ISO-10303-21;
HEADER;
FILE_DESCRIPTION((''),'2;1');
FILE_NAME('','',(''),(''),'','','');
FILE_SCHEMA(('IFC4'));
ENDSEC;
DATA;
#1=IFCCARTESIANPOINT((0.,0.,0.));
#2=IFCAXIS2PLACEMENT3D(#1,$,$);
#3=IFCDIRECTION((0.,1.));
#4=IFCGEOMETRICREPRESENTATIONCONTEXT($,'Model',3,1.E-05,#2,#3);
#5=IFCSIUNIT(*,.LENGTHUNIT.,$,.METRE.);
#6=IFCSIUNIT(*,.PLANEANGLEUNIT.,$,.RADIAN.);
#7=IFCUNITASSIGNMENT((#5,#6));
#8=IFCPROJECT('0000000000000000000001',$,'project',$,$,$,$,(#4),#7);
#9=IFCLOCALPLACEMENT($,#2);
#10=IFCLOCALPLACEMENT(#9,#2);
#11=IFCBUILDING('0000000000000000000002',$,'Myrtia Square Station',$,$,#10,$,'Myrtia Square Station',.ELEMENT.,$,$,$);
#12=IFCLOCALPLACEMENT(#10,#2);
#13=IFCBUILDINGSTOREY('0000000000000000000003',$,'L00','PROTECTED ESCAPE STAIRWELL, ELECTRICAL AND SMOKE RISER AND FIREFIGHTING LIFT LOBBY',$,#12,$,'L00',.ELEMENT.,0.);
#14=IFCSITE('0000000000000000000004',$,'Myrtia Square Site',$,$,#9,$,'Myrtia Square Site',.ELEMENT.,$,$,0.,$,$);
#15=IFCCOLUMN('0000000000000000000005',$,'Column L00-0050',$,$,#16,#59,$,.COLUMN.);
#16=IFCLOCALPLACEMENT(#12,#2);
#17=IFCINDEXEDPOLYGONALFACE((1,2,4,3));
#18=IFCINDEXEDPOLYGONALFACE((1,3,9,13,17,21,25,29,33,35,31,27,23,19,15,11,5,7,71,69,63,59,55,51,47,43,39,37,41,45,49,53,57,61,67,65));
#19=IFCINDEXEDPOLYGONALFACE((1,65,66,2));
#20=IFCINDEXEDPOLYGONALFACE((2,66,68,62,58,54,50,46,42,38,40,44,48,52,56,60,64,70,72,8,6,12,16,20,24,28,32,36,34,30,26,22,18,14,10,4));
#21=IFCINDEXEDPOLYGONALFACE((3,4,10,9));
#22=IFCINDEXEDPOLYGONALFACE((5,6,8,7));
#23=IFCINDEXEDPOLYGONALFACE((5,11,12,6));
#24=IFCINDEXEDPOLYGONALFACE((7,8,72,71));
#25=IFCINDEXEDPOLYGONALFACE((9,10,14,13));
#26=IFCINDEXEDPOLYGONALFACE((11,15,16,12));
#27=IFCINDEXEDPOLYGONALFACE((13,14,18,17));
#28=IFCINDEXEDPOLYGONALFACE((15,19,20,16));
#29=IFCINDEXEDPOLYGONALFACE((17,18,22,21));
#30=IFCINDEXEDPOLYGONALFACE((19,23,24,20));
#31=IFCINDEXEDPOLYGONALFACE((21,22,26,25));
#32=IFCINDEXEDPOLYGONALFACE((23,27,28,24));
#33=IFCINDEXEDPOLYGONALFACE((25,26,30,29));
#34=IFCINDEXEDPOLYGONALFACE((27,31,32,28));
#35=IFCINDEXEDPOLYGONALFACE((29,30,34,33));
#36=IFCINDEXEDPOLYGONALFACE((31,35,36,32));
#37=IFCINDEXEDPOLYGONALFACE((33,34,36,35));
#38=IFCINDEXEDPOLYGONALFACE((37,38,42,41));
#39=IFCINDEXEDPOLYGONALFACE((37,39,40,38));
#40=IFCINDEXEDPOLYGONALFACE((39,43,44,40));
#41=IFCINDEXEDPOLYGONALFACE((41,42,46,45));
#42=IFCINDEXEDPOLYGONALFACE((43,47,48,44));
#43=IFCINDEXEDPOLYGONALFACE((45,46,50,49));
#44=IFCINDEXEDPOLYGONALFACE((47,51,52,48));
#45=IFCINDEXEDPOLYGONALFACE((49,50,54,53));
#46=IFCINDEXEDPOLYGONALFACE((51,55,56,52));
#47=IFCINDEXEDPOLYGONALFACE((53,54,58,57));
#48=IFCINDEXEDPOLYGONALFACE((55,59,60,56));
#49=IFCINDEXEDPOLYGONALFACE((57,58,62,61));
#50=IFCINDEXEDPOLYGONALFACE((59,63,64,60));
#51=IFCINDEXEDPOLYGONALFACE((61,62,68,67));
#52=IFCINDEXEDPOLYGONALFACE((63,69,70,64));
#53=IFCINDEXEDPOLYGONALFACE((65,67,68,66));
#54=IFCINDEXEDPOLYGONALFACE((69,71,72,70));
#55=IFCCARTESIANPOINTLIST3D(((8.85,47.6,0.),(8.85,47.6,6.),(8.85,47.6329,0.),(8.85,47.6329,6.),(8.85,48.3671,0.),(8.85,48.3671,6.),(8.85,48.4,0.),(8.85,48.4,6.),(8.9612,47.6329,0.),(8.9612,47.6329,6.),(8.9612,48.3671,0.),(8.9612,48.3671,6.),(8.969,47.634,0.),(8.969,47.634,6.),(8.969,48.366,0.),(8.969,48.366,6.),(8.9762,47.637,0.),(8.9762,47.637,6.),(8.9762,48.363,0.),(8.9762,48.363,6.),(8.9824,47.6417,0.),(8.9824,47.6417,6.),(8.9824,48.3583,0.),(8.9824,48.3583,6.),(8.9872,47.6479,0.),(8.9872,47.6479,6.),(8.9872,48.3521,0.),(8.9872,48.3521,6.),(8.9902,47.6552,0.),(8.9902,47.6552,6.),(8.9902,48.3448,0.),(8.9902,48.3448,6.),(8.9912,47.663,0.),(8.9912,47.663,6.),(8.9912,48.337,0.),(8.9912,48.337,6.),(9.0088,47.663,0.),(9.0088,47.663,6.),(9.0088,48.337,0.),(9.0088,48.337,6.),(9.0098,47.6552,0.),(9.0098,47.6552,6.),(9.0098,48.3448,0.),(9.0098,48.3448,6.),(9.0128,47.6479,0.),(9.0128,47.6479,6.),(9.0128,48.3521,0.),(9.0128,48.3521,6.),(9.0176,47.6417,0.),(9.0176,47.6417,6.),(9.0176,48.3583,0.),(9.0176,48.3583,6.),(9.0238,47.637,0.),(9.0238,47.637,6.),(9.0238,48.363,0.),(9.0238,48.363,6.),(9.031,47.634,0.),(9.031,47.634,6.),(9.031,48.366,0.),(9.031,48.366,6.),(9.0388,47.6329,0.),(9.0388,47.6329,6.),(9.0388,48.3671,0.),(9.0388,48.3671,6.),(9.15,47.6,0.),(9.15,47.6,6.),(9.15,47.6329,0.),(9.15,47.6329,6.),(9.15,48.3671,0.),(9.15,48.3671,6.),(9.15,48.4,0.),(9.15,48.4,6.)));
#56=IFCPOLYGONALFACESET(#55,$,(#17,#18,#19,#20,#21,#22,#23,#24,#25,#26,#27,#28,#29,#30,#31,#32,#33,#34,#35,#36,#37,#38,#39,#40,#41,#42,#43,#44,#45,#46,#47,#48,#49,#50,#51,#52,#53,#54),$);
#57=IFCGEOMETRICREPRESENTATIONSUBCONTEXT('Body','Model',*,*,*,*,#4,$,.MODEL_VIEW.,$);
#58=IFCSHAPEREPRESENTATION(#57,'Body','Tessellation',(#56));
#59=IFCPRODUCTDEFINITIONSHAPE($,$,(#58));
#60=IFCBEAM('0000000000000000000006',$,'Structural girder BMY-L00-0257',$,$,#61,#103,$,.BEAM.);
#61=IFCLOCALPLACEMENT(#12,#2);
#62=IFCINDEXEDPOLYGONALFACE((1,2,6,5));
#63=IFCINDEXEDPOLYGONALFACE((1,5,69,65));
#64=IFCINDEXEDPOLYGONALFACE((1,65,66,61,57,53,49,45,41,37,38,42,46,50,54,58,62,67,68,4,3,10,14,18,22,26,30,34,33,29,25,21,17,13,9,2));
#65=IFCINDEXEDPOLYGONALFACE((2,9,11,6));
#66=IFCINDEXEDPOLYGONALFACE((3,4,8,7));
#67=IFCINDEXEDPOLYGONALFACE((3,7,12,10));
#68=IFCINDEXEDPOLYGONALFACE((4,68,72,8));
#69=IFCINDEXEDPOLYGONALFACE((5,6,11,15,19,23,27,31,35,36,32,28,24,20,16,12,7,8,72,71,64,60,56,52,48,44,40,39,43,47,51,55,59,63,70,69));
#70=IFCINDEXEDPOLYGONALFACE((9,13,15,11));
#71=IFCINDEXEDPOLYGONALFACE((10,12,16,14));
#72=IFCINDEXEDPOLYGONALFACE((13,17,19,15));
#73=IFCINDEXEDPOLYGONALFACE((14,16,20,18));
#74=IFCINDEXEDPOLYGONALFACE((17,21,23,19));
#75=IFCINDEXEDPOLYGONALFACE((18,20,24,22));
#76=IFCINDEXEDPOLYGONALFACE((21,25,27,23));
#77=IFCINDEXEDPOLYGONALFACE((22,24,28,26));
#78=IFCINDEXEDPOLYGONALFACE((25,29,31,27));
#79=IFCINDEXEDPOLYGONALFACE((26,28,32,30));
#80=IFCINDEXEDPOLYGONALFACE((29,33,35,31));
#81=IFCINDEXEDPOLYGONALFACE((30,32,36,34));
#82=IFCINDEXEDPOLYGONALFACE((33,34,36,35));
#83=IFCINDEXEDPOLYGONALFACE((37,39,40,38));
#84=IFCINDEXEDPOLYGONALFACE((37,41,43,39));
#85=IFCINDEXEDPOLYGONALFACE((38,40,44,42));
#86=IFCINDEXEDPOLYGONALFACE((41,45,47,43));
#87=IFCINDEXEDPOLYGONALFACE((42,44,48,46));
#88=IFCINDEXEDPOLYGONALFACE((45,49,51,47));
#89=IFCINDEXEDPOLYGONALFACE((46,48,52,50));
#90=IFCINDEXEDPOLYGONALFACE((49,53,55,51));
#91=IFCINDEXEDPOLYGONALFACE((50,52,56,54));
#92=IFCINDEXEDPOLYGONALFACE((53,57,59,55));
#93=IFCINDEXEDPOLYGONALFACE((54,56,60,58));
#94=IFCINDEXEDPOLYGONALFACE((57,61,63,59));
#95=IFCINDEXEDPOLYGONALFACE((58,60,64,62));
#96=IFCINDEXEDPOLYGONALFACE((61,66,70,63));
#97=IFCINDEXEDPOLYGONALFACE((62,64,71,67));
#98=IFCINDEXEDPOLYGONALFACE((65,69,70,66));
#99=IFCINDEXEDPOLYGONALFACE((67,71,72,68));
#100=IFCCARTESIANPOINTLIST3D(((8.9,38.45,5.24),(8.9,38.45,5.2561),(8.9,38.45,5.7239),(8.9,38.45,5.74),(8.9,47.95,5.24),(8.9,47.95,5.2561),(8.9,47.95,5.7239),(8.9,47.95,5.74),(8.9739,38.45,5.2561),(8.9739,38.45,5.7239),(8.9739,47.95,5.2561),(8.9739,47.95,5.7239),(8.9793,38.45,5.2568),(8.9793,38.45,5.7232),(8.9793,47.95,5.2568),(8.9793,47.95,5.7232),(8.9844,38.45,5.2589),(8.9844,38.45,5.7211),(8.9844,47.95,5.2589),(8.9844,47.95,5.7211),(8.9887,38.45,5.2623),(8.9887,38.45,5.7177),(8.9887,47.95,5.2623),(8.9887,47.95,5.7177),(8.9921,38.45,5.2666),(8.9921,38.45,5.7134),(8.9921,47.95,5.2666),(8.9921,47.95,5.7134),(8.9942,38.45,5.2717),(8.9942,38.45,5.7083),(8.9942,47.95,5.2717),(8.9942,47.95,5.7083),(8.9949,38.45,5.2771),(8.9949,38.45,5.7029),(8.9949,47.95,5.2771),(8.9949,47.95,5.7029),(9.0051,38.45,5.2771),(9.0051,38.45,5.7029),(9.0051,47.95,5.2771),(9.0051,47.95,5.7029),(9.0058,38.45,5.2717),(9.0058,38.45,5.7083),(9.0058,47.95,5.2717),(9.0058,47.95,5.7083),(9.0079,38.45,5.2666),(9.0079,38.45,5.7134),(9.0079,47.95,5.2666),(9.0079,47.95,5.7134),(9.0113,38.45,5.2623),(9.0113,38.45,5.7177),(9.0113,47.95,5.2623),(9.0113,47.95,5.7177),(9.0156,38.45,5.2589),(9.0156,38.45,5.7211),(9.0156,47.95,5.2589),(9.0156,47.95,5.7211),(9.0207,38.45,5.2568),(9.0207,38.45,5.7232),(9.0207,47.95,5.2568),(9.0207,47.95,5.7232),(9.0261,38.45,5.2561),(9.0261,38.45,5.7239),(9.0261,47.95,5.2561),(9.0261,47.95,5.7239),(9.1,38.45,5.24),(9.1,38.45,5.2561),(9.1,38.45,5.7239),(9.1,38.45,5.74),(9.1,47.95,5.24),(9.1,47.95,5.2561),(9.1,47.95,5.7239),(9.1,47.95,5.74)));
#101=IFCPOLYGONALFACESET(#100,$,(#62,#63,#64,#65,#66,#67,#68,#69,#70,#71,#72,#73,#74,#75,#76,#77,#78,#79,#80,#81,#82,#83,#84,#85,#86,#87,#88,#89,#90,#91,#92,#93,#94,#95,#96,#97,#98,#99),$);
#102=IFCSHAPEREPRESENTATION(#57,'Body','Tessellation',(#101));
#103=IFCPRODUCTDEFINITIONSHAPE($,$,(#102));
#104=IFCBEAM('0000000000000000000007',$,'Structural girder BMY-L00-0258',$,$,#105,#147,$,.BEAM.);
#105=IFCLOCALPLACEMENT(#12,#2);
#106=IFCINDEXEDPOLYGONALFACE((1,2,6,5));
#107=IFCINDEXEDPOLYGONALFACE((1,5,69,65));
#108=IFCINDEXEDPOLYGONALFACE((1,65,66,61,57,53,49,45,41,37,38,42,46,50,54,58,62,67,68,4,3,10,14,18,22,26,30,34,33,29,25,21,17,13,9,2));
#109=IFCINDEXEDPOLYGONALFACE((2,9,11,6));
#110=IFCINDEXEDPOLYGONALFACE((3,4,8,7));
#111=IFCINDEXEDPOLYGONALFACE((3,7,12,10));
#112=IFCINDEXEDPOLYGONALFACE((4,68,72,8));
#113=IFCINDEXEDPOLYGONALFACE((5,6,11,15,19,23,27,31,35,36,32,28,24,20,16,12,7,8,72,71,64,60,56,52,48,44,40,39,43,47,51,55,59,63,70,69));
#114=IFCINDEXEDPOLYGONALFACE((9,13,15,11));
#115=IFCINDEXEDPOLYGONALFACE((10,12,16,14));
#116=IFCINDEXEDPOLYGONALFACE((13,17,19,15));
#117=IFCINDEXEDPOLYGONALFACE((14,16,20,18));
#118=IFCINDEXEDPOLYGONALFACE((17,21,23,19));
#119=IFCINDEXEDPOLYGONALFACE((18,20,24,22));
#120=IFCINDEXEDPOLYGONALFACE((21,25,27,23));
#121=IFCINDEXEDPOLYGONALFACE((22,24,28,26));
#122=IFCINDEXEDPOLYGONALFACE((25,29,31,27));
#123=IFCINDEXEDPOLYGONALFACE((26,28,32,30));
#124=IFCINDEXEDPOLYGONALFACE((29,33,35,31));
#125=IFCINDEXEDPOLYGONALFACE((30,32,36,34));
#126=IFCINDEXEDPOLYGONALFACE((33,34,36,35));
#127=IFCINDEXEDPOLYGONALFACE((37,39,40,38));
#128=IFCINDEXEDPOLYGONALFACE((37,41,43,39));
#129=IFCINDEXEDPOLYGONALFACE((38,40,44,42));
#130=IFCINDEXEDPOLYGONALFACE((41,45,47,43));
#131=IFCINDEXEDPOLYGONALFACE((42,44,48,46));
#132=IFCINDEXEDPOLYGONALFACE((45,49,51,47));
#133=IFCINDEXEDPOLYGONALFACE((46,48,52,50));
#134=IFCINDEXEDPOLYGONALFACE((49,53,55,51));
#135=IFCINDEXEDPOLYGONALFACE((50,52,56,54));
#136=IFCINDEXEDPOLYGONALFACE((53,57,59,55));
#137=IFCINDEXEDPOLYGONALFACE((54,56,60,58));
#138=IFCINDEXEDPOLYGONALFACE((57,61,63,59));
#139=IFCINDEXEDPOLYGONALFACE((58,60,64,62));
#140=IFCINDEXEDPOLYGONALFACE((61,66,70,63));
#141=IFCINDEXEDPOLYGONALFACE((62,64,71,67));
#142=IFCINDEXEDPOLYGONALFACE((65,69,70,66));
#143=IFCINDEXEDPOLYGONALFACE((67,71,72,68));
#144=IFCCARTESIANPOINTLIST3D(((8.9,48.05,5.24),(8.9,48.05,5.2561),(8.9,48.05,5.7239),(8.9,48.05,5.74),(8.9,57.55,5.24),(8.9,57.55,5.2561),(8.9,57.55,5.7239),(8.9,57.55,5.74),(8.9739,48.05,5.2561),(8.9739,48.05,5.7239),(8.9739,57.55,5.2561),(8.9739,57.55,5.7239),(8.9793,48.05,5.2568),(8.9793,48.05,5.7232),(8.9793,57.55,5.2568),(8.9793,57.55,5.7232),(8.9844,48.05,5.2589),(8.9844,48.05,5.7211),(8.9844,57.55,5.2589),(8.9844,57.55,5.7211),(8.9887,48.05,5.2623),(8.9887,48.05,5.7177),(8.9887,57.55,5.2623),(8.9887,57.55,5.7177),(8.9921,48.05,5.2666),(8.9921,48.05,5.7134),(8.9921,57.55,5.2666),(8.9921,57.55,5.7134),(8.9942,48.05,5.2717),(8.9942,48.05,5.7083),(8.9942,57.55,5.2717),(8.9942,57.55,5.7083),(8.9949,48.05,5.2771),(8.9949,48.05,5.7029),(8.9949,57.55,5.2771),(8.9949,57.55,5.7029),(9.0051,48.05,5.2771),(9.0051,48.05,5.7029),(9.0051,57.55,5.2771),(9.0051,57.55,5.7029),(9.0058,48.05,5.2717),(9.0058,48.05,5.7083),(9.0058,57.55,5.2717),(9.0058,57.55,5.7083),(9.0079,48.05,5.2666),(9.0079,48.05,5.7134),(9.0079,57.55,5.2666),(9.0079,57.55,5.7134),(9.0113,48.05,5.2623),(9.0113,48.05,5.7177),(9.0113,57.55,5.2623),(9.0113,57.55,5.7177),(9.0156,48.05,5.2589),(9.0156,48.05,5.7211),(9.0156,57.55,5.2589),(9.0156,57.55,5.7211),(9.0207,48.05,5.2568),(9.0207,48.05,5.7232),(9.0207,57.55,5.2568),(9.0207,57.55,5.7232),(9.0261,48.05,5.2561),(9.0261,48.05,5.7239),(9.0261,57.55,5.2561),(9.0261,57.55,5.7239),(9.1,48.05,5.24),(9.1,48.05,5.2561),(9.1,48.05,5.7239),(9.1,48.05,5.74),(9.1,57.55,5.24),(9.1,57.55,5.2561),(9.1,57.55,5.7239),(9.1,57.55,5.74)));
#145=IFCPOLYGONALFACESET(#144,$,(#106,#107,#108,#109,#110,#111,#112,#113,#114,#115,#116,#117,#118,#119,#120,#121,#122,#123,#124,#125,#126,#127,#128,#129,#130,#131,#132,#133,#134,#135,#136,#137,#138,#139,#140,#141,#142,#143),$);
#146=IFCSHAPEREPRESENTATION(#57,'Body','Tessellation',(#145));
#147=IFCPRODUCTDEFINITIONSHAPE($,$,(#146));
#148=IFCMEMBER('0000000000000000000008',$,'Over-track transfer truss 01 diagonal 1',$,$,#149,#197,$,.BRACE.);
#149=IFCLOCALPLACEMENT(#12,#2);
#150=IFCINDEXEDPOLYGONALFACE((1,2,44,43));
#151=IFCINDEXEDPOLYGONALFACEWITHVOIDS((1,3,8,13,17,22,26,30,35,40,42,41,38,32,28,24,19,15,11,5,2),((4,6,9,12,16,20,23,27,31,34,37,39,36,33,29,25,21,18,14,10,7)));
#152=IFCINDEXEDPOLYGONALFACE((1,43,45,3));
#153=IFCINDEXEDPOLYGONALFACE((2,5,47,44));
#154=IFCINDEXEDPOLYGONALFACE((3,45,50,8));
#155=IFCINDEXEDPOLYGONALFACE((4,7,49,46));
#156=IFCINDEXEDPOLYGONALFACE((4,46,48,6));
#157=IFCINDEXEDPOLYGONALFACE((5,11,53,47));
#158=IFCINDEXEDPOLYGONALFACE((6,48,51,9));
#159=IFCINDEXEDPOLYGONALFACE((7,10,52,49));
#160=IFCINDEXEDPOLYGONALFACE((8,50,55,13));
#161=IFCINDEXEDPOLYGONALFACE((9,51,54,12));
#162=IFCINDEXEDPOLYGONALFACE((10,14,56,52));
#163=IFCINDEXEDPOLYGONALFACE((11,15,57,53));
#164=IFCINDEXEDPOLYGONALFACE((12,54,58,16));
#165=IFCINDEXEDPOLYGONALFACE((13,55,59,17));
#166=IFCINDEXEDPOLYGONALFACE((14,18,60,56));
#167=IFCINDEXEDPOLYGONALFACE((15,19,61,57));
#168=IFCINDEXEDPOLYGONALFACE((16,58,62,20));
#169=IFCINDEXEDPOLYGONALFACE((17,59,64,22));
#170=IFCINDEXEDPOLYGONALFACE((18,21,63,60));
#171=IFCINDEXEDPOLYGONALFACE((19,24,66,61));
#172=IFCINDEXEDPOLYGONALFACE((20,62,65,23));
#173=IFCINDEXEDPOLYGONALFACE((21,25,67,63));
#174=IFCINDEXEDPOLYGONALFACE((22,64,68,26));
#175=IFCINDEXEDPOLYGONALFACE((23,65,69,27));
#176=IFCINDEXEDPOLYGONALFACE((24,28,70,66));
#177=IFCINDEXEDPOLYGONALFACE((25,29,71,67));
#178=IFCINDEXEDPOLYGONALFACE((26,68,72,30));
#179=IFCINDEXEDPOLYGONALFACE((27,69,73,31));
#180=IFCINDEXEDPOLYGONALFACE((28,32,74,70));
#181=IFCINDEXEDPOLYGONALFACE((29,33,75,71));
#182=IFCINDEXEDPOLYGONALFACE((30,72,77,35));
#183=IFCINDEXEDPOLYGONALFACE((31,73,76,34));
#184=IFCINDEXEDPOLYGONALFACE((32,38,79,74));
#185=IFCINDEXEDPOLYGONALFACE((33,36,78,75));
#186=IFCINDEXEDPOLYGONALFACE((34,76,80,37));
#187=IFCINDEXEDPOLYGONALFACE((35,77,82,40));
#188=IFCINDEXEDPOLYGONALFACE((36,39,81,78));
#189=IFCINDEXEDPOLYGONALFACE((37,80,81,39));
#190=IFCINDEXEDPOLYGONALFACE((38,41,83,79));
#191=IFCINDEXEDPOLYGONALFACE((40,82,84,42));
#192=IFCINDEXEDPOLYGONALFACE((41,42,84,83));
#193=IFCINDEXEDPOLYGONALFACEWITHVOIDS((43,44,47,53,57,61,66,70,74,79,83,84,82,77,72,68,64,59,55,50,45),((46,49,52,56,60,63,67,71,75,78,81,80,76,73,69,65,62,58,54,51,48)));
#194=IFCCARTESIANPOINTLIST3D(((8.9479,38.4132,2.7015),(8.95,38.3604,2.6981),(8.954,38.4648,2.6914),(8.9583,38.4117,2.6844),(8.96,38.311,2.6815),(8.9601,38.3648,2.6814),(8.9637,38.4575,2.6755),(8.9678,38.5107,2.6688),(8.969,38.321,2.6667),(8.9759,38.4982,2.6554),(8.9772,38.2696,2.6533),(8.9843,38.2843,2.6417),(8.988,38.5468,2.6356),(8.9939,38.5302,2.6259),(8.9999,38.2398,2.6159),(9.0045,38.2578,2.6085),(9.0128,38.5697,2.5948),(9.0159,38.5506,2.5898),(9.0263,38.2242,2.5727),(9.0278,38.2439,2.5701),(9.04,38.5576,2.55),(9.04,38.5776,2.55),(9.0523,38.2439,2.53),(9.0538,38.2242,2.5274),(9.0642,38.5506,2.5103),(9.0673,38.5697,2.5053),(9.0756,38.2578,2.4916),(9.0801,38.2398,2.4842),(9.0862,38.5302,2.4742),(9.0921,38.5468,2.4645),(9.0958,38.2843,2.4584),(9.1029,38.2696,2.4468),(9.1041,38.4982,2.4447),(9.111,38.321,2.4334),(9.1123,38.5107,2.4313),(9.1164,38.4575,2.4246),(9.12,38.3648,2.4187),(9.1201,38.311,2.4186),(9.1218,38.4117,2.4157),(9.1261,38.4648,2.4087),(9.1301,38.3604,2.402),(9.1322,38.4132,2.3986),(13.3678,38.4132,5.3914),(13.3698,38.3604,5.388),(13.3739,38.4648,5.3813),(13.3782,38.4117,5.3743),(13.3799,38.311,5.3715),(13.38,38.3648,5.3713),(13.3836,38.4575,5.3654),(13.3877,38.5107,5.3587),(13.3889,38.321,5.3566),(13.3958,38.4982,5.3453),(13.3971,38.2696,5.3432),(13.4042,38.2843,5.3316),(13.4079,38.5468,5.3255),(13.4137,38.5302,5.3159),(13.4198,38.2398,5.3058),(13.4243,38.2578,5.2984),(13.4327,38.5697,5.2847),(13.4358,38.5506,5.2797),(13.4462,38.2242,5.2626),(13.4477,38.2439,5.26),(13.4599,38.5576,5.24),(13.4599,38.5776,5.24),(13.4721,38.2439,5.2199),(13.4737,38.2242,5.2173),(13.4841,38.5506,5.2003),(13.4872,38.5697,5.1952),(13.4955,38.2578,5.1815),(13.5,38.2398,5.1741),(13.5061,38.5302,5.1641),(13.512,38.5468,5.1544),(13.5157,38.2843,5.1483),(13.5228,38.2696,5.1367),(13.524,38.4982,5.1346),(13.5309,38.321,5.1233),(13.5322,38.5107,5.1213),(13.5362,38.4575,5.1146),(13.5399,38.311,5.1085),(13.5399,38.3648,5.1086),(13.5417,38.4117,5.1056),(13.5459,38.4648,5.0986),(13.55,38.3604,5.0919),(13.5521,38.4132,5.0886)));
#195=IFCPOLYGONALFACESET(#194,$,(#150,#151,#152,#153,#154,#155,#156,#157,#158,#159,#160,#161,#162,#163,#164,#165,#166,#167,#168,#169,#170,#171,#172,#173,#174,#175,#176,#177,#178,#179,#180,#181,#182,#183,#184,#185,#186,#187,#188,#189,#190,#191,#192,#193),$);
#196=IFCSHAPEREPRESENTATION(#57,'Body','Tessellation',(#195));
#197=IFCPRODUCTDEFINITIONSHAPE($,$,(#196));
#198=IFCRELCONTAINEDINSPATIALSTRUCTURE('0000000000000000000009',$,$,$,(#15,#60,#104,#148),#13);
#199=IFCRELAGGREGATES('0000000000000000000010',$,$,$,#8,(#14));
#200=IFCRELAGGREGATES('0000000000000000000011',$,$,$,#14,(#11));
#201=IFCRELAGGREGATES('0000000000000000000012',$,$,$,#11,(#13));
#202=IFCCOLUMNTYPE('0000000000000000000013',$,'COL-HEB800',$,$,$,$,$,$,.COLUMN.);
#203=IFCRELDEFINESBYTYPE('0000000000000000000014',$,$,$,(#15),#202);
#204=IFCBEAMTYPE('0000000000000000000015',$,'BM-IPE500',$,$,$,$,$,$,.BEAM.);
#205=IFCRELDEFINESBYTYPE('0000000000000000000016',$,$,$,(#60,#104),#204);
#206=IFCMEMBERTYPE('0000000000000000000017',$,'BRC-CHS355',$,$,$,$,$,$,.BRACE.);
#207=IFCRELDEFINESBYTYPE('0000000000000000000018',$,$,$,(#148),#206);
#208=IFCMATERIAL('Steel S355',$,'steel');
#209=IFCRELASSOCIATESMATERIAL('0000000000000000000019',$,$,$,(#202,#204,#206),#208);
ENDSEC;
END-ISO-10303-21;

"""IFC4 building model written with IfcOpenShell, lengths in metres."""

from ifc_helpers import new_model, si_unit, direction, frame, origin, origin_2d, place, context, subcontext, project, spatial, hollow_circle, i_section, extrude, material, material_profile, profile_set, type_object, element, save


model = new_model("IFC4")

# Units and contexts
model_context = context("Model", 3, precision=1e-05, world=origin(), true_north=direction((0.0, 1.0)))
body_context = subcontext(model_context, "Body", "Model", "MODEL_VIEW")
ifc_project = project(units=[si_unit("LENGTHUNIT", "METRE"), si_unit("PLANEANGLEUNIT", "RADIAN")], contexts=[model_context])

# Site, building, storey
site_placement = place(None, origin())
site = spatial("IfcSite", under=ifc_project, at=site_placement, Name="Myrtia Square Site", LongName="Myrtia Square Site", CompositionType="ELEMENT", RefElevation=0.0)
building_placement = place(site_placement, origin())
building = spatial("IfcBuilding", under=site, at=building_placement, Name="Myrtia Square Station", LongName="Myrtia Square Station", CompositionType="ELEMENT")
storey_placement = place(building_placement, origin())
storey = spatial("IfcBuildingStorey", under=building, at=storey_placement, Name="L00", Description="PROTECTED ESCAPE STAIRWELL, ELECTRICAL AND SMOKE RISER AND FIREFIGHTING LIFT LOBBY", LongName="L00", CompositionType="ELEMENT", Elevation=0.0)

# Column
ifc_material_1 = material(Name="Steel S355", Category="steel")
ifc_material_profile_1 = material_profile(ifc_material_1, i_section(OverallWidth=0.3, OverallDepth=0.8, WebThickness=0.0176, FlangeThickness=0.033, FilletRadius=0.03, at=origin_2d()), Name="HEB 800")
ifc_profile_set_1 = profile_set([ifc_material_profile_1], Name="Steel S355")
column_type_1 = type_object("IfcColumnType", Name="COL-HEB800", PredefinedType="COLUMN", material=ifc_profile_set_1)
for number, where, z_axis, x_axis, name in (
    (1, (9.0, 48.0, 0.0), (0.0, 0.0, 1.0), (1.0, 0.0, 0.0), "Column L00-0050"),
):
    element("IfcColumn", number, at=place(storey_placement, frame(where, z_axis=z_axis, x_axis=x_axis)), inside=storey, type_object=column_type_1, Name=name, PredefinedType="COLUMN", context=body_context, shape_type="SweptSolid", body=[
        extrude(i_section(OverallWidth=0.3, OverallDepth=0.8, WebThickness=0.0176, FlangeThickness=0.033, FilletRadius=0.03, at=origin_2d()), origin(), (0.0, 0.0, 1.0), 6.0),
    ])

# Beams
ifc_material_profile_2 = material_profile(ifc_material_1, i_section(OverallWidth=0.2, OverallDepth=0.5, WebThickness=0.0103, FlangeThickness=0.0161, FilletRadius=0.021, at=origin_2d()), Name="IPE 500")
ifc_profile_set_2 = profile_set([ifc_material_profile_2], Name="Steel S355")
beam_type_1 = type_object("IfcBeamType", Name="BM-IPE500", PredefinedType="BEAM", material=ifc_profile_set_2)
for number, where, z_axis, x_axis, name in (
    (2, (9.0, 38.45, 5.49), (0.0, 1.0, 0.0), (-1.0, 0.0, 0.0), "Structural girder BMY-L00-0257"),
    (3, (9.0, 48.05, 5.49), (0.0, 1.0, 0.0), (-1.0, 0.0, 0.0), "Structural girder BMY-L00-0258"),
):
    element("IfcBeam", number, at=place(storey_placement, frame(where, z_axis=z_axis, x_axis=x_axis)), inside=storey, type_object=beam_type_1, Name=name, PredefinedType="BEAM", context=body_context, shape_type="SweptSolid", body=[
        extrude(i_section(OverallWidth=0.2, OverallDepth=0.5, WebThickness=0.0103, FlangeThickness=0.0161, FilletRadius=0.021, at=origin_2d()), origin(), (0.0, 0.0, 1.0), 9.5),
    ])

# Member
ifc_material_profile_3 = material_profile(ifc_material_1, hollow_circle(Radius=0.1777, WallThickness=0.02, at=origin_2d()), Name="CHS 355.6x20")
ifc_profile_set_3 = profile_set([ifc_material_profile_3], Name="Steel S355")
member_type_1 = type_object("IfcMemberType", Name="BRC-CHS355", PredefinedType="BRACE", material=ifc_profile_set_3)
member_1_placement = place(storey_placement, frame((9.04, 38.3999, 2.55), z_axis=(0.854237, 0.0, 0.519884), x_axis=(0.0, 1.0, 0.0)))
element("IfcMember", 4, at=member_1_placement, inside=storey, type_object=member_type_1, Name="Over-track transfer truss 01 diagonal 1", PredefinedType="BRACE", context=body_context, shape_type="SweptSolid", body=[
    extrude(hollow_circle(Radius=0.1777, WallThickness=0.02, at=origin_2d()), origin(), (0.0, 0.0, 1.0), 5.1741),
])

save(model, "model.ifc")
